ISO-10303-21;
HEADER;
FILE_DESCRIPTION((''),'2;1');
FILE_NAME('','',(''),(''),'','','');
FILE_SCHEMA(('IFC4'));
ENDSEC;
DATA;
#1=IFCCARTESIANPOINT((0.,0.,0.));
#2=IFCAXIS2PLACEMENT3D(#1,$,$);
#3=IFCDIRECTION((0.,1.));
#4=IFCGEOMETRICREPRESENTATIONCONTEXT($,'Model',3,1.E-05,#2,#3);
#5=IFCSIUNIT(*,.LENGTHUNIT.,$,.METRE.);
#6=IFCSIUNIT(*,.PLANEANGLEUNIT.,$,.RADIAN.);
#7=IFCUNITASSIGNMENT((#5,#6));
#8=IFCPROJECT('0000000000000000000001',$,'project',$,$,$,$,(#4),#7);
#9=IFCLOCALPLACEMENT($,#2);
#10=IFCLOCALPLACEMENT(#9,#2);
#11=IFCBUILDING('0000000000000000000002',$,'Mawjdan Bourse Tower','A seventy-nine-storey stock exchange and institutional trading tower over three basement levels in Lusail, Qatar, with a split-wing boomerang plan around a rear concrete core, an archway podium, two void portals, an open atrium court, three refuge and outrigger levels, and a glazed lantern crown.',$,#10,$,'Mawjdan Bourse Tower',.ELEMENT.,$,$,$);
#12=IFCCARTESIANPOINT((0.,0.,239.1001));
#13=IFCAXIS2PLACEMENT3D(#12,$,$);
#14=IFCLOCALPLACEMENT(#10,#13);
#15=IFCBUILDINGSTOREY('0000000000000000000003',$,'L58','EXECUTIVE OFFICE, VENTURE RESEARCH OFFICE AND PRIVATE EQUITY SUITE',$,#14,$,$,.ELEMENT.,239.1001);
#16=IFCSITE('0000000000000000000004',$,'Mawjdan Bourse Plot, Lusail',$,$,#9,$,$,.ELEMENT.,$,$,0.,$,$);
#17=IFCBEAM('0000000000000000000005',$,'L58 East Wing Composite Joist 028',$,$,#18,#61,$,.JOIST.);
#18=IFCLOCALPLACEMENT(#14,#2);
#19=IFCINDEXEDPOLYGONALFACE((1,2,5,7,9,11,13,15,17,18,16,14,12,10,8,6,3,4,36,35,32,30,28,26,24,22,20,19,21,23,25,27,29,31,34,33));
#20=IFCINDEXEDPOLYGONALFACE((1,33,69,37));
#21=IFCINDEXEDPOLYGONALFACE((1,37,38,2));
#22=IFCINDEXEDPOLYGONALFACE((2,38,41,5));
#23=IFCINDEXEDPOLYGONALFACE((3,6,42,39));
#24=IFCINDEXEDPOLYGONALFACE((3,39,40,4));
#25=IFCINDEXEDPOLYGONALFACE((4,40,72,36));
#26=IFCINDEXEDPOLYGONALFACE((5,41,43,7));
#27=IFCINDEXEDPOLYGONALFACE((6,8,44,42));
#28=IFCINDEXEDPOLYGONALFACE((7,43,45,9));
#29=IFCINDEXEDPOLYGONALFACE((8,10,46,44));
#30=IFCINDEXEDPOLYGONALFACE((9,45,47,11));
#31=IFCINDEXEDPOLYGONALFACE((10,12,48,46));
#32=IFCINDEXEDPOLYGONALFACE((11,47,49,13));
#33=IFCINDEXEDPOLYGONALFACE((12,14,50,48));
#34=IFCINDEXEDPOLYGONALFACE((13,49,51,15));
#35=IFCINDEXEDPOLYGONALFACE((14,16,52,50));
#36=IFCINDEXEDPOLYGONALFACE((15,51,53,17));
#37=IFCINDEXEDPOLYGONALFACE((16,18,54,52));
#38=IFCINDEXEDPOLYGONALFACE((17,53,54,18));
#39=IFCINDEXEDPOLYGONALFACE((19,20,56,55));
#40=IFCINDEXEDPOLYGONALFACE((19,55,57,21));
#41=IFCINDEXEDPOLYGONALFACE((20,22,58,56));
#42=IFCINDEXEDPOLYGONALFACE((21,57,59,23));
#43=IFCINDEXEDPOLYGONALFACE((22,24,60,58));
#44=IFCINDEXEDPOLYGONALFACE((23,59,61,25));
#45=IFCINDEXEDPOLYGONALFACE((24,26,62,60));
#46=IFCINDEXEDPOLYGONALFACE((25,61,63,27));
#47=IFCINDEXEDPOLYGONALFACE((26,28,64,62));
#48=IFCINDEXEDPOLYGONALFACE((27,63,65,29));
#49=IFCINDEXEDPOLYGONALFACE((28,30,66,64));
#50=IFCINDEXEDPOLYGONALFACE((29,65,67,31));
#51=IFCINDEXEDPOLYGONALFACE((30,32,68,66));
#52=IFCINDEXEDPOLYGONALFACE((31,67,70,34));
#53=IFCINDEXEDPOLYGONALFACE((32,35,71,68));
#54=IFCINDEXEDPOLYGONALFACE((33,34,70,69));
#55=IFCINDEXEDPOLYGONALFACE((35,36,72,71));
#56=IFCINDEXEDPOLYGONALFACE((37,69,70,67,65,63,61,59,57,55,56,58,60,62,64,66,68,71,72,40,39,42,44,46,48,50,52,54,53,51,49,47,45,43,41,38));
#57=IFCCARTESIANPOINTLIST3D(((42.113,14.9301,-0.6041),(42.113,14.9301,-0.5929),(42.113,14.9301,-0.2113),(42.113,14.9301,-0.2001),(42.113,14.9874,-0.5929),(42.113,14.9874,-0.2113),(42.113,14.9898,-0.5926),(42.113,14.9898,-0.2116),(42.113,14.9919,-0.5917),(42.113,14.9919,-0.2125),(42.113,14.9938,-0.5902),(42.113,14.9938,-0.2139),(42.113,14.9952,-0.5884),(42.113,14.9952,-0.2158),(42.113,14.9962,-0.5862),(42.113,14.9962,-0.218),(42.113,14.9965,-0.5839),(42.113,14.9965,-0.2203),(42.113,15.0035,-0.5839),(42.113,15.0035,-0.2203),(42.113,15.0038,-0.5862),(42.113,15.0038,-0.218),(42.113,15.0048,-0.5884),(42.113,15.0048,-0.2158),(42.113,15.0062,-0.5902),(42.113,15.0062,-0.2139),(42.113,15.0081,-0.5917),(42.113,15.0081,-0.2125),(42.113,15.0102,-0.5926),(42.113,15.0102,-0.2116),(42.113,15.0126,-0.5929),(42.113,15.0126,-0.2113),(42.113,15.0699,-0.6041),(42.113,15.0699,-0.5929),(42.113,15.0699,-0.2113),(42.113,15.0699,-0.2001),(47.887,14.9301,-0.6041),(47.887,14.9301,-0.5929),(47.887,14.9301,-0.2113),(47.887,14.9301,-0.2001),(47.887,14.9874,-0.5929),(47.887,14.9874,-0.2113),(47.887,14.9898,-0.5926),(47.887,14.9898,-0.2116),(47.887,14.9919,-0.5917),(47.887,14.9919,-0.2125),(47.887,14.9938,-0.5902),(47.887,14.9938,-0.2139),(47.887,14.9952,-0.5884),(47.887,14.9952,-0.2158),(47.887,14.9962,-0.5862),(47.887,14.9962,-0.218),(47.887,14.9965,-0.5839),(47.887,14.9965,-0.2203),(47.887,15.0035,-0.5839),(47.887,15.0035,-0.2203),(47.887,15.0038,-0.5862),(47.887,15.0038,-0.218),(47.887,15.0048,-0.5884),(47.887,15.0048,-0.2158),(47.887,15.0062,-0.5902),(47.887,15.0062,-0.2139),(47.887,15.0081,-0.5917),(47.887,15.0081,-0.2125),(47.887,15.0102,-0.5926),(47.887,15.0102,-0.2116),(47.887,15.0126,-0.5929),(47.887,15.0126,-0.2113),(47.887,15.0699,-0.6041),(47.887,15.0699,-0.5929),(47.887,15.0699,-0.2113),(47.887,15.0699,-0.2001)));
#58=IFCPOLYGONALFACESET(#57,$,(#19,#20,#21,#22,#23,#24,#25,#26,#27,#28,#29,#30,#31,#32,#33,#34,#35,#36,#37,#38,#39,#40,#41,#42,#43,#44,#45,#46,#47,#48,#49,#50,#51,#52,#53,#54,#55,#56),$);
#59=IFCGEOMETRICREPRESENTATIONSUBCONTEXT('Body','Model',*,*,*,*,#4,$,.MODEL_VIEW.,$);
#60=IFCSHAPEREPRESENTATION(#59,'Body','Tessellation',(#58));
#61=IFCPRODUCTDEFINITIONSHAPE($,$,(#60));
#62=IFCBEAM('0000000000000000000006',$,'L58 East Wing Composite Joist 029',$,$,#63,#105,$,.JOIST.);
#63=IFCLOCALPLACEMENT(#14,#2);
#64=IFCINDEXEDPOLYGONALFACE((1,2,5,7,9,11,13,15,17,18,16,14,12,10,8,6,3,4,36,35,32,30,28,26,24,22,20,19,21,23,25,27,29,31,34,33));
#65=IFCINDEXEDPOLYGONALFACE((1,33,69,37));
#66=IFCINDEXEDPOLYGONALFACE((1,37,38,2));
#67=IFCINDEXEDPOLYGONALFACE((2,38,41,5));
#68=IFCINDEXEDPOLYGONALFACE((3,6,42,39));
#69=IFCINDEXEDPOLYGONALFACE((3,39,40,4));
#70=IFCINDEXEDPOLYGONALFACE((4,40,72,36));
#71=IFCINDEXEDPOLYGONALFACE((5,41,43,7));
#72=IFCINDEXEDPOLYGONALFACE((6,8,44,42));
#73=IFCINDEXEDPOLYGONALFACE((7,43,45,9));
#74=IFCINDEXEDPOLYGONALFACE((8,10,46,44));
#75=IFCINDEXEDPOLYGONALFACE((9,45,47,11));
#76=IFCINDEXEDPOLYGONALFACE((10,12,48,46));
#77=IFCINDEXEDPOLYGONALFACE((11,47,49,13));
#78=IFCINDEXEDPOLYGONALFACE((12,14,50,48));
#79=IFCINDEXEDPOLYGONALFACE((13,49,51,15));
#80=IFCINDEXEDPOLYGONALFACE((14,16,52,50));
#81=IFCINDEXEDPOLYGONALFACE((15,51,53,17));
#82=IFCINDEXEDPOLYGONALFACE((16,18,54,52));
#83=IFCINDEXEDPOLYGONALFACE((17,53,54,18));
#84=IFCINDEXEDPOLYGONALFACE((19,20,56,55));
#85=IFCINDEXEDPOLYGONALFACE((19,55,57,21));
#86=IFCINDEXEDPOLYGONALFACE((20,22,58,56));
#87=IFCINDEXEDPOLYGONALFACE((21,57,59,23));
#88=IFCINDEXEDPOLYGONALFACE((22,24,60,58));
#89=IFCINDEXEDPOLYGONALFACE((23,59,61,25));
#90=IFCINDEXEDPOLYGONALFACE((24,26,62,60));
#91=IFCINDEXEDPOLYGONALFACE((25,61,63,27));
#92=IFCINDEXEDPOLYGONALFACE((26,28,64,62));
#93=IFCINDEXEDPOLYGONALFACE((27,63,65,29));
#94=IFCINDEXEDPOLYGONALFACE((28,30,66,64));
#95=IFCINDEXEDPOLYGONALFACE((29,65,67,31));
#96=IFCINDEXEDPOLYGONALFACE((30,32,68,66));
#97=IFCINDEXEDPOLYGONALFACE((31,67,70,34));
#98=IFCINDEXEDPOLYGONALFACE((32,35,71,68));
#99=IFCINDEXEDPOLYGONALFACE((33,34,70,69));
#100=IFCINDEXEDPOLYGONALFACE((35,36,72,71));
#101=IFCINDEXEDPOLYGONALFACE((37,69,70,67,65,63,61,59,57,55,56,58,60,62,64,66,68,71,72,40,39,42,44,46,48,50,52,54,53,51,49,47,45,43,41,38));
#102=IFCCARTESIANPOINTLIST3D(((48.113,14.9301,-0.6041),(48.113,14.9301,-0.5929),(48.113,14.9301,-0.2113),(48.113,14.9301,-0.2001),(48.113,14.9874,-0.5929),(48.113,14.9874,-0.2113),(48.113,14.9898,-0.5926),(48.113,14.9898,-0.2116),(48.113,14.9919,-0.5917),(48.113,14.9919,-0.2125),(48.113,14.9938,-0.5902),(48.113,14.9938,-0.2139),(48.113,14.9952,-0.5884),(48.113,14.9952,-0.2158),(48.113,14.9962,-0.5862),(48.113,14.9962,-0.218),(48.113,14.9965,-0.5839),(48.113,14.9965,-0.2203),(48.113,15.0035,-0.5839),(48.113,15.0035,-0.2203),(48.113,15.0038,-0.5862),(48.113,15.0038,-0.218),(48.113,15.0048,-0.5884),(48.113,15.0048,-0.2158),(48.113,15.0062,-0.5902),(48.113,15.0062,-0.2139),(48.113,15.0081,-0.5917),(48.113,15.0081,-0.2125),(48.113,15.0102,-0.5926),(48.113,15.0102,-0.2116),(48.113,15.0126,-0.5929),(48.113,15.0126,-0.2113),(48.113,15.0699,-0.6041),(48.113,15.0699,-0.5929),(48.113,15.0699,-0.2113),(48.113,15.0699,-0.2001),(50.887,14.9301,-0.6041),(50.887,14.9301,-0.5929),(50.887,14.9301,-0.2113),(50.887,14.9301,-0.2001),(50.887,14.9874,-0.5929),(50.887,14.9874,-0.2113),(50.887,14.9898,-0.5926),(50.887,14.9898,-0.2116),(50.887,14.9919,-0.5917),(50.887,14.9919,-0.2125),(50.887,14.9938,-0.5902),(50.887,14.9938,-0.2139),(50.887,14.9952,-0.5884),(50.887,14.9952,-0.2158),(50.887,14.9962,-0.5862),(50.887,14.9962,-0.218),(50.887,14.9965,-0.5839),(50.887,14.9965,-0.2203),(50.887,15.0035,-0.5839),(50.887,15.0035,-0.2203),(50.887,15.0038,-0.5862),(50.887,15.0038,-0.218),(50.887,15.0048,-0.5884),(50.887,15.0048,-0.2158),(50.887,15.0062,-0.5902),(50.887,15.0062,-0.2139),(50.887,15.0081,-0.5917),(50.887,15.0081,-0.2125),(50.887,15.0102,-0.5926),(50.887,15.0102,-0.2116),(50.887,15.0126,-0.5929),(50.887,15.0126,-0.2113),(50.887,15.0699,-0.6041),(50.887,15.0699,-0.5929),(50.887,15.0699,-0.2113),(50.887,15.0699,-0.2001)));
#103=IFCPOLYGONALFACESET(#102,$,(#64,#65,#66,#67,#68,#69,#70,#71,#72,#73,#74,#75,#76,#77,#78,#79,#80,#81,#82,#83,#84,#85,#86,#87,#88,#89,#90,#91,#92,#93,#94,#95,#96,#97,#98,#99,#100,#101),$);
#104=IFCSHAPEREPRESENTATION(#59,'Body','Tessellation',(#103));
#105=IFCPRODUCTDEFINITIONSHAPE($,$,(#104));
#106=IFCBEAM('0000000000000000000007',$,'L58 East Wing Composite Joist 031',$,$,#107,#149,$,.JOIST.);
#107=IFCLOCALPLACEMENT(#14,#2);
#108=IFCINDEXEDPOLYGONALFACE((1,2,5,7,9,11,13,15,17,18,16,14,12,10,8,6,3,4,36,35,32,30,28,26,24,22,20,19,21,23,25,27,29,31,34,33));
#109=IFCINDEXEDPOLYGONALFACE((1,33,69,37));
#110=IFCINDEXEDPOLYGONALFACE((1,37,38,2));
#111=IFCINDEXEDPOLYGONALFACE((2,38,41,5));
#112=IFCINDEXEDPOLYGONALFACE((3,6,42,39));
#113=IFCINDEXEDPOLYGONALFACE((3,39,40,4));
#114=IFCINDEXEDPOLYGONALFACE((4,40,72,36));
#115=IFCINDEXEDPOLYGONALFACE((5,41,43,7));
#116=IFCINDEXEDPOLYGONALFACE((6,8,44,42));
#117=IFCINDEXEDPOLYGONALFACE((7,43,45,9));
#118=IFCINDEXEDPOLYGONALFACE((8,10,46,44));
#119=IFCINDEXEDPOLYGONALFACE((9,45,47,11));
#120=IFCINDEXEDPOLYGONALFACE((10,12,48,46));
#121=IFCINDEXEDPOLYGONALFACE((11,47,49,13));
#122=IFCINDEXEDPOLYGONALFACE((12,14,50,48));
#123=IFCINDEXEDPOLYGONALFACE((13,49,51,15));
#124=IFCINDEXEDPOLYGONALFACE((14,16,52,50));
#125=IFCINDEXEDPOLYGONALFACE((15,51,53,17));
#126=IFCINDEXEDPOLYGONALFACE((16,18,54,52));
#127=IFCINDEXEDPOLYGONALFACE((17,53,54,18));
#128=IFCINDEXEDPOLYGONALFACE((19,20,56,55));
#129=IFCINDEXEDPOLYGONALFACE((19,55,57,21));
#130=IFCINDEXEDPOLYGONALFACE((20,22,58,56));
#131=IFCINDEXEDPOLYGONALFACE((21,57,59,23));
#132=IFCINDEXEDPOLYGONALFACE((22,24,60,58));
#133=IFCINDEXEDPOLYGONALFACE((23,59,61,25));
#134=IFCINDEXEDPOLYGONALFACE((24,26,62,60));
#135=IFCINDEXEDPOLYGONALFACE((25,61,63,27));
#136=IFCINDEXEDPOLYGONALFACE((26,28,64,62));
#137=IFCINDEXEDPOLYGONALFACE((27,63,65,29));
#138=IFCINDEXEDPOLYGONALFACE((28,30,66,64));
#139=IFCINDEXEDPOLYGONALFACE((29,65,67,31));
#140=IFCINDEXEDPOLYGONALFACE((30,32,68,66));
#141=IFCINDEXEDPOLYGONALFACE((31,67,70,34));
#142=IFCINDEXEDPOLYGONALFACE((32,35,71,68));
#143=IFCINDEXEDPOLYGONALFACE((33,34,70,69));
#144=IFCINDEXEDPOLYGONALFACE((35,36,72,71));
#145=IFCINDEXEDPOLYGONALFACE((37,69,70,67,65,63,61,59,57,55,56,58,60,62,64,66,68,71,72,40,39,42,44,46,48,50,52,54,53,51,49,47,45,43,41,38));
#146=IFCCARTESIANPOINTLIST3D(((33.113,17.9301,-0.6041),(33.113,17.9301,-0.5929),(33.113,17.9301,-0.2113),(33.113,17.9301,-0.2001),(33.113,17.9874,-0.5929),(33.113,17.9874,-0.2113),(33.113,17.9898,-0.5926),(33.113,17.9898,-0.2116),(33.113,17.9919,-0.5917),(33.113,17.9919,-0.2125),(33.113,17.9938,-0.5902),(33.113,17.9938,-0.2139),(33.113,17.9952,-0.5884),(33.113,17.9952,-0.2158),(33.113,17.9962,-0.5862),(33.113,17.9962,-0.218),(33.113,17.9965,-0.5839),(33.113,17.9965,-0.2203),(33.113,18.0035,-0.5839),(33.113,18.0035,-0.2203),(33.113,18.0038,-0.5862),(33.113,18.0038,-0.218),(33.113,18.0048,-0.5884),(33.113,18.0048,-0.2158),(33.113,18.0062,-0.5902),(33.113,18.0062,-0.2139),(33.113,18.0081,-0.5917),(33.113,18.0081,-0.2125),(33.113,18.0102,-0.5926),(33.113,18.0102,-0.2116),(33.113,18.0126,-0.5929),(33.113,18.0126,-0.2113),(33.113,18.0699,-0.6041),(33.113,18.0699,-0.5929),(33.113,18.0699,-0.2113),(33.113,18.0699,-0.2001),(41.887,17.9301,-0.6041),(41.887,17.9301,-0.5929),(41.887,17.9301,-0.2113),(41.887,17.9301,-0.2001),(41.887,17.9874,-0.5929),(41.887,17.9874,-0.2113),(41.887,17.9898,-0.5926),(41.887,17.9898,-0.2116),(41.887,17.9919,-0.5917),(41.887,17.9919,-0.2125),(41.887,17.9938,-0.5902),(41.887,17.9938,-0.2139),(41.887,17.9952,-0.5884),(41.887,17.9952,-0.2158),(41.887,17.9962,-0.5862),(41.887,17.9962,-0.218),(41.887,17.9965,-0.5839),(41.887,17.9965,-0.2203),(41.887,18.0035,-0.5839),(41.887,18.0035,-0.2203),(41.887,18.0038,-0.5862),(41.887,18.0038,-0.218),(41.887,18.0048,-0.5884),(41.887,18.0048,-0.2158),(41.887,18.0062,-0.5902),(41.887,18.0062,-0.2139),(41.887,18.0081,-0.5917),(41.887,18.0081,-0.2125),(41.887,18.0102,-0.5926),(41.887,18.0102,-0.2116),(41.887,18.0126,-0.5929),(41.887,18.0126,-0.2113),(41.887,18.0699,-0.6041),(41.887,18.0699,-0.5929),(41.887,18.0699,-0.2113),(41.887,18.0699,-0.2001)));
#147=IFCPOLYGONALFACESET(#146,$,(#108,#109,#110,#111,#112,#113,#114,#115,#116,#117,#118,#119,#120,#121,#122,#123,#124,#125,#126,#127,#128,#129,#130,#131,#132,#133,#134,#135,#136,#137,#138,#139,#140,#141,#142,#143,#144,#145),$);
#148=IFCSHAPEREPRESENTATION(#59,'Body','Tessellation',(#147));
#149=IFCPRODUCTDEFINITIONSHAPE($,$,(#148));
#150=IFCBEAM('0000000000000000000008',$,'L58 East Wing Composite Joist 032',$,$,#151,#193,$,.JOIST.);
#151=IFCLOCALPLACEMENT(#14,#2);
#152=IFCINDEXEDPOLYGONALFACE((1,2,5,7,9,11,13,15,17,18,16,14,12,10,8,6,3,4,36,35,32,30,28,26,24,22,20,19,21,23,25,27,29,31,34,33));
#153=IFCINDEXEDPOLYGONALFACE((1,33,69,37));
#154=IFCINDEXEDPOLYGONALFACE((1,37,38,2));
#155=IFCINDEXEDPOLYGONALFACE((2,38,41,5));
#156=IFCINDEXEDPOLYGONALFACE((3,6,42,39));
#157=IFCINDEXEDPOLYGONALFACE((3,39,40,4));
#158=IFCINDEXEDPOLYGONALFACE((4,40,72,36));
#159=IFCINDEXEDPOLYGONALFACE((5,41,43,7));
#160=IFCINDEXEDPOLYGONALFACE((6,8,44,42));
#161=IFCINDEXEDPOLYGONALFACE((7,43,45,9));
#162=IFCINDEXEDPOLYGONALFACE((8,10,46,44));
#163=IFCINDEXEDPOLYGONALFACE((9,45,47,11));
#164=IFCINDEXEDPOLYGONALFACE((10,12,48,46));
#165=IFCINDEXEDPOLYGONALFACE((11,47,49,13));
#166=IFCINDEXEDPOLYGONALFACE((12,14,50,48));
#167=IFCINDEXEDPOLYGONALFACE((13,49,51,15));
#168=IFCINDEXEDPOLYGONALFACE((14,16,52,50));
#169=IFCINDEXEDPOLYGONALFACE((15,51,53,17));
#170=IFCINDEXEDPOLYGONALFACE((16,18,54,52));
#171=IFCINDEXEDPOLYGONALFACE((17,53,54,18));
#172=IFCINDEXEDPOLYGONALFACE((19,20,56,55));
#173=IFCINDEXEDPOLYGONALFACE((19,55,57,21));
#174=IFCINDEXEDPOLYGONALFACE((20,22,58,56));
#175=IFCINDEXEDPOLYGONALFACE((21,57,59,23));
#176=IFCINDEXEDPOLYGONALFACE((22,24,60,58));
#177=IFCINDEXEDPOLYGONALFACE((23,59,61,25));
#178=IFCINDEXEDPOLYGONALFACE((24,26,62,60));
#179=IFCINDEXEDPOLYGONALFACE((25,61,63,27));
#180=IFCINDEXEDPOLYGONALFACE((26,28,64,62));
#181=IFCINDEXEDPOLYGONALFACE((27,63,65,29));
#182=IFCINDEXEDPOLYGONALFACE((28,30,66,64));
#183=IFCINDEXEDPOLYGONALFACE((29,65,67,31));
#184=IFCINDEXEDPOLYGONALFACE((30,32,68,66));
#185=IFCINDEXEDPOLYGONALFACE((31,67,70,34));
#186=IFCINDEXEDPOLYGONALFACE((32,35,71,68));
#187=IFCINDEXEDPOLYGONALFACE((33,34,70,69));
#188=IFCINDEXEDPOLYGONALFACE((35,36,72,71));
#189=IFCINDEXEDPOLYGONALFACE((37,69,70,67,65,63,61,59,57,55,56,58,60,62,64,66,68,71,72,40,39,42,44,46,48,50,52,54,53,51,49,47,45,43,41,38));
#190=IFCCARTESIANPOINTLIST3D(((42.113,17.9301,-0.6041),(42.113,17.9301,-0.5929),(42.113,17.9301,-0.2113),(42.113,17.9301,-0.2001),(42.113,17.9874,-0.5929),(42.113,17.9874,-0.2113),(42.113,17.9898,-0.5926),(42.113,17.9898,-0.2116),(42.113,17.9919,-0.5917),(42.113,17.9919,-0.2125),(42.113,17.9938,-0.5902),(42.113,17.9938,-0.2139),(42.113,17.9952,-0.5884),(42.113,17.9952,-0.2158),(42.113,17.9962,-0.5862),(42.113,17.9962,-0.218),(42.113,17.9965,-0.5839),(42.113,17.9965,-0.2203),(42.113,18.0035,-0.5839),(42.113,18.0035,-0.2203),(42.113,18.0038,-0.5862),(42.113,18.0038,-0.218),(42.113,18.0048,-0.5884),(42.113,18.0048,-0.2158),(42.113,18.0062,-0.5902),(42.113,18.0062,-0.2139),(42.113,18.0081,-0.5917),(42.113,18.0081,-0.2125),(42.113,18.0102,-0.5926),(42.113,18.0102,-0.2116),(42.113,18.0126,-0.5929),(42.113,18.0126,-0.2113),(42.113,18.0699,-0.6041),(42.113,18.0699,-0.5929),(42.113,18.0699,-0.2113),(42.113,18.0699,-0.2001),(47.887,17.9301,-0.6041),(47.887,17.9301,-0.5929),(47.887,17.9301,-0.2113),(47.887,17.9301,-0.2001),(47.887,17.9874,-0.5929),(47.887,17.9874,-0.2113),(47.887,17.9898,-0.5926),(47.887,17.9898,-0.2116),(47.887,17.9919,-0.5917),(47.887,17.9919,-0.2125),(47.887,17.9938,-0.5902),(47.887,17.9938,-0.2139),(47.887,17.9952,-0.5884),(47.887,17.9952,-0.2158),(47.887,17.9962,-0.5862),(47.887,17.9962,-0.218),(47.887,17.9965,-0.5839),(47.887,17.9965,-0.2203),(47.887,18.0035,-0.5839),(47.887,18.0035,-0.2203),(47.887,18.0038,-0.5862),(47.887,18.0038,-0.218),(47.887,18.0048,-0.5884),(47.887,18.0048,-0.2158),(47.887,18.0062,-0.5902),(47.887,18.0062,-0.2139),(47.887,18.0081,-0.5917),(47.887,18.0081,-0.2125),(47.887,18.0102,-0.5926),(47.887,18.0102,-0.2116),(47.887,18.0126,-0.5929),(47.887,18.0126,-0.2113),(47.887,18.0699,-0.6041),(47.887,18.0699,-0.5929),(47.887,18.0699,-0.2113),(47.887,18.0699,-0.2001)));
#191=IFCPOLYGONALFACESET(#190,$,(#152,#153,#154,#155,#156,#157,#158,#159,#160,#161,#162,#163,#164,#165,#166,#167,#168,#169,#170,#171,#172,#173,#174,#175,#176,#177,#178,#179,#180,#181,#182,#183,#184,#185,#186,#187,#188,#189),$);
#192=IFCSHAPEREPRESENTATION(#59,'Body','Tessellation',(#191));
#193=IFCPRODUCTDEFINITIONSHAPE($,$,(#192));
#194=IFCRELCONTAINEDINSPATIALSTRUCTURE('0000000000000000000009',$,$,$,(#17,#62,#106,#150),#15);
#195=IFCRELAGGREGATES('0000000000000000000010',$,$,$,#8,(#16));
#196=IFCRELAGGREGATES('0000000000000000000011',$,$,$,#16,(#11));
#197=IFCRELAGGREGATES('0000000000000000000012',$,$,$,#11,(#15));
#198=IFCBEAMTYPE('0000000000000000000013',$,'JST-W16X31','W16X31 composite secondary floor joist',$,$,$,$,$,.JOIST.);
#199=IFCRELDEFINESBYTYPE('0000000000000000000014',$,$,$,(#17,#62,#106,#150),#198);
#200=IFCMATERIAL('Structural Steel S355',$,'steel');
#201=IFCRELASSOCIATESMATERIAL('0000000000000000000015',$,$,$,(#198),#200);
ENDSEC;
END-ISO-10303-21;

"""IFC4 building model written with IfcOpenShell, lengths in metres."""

from ifc_helpers import new_model, si_unit, direction, frame, origin, origin_2d, place, context, subcontext, project, spatial, i_section, extrude, material, material_profile, profile_set, type_object, element, save


model = new_model("IFC4")

# Units and contexts
model_context = context("Model", 3, precision=1e-05, world=origin(), true_north=direction((0.0, 1.0)))
body_context = subcontext(model_context, "Body", "Model", "MODEL_VIEW")
ifc_project = project(units=[si_unit("LENGTHUNIT", "METRE"), si_unit("PLANEANGLEUNIT", "RADIAN")], contexts=[model_context])

# Site, building, storey
site_placement = place(None, origin())
site = spatial("IfcSite", under=ifc_project, at=site_placement, Name="Mawjdan Bourse Plot, Lusail", CompositionType="ELEMENT", RefElevation=0.0)
building_placement = place(site_placement, origin())
building = spatial("IfcBuilding", under=site, at=building_placement, Name="Mawjdan Bourse Tower", Description="A seventy-nine-storey stock exchange and institutional trading tower over three basement levels in Lusail, Qatar, with a split-wing boomerang plan around a rear concrete core, an archway podium, two void portals, an open atrium court, three refuge and outrigger levels, and a glazed lantern crown.", LongName="Mawjdan Bourse Tower", CompositionType="ELEMENT")
storey_placement = place(building_placement, frame((0.0, 0.0, 239.1001)))
storey = spatial("IfcBuildingStorey", under=building, at=storey_placement, Name="L58", Description="EXECUTIVE OFFICE, VENTURE RESEARCH OFFICE AND PRIVATE EQUITY SUITE", CompositionType="ELEMENT", Elevation=239.1001)

# Beams
ifc_material_1 = material(Name="Structural Steel S355", Category="steel")
ifc_material_profile_1 = material_profile(ifc_material_1, i_section(OverallWidth=0.1399, OverallDepth=0.4041, WebThickness=0.0071, FlangeThickness=0.0112, FilletRadius=0.009, at=origin_2d()), Name="W16X31")
ifc_profile_set_1 = profile_set([ifc_material_profile_1], Name="Structural Steel S355")
beam_type_1 = type_object("IfcBeamType", Name="JST-W16X31", Description="W16X31 composite secondary floor joist", PredefinedType="JOIST", material=ifc_profile_set_1)
beam_1_placement = place(storey_placement, frame((42.113, 15.0, -0.4021), z_axis=(1.0, 0.0, 0.0), x_axis=(0.0, 1.0, 0.0)))
element("IfcBeam", 1, at=beam_1_placement, inside=storey, type_object=beam_type_1, Name="L58 East Wing Composite Joist 028", PredefinedType="JOIST", context=body_context, shape_type="SweptSolid", body=[
    extrude(i_section(OverallWidth=0.1399, OverallDepth=0.4041, WebThickness=0.0071, FlangeThickness=0.0112, FilletRadius=0.009, at=origin_2d()), origin(), (0.0, 0.0, 1.0), 5.7739),
])
beam_2_placement = place(storey_placement, frame((48.113, 15.0, -0.4021), z_axis=(1.0, 0.0, 0.0), x_axis=(0.0, 1.0, 0.0)))
element("IfcBeam", 2, at=beam_2_placement, inside=storey, type_object=beam_type_1, Name="L58 East Wing Composite Joist 029", PredefinedType="JOIST", context=body_context, shape_type="SweptSolid", body=[
    extrude(i_section(OverallWidth=0.1399, OverallDepth=0.4041, WebThickness=0.0071, FlangeThickness=0.0112, FilletRadius=0.009, at=origin_2d()), origin(), (0.0, 0.0, 1.0), 2.7739),
])
beam_3_placement = place(storey_placement, frame((33.113, 18.0, -0.4021), z_axis=(1.0, 0.0, 0.0), x_axis=(0.0, 1.0, 0.0)))
element("IfcBeam", 3, at=beam_3_placement, inside=storey, type_object=beam_type_1, Name="L58 East Wing Composite Joist 031", PredefinedType="JOIST", context=body_context, shape_type="SweptSolid", body=[
    extrude(i_section(OverallWidth=0.1399, OverallDepth=0.4041, WebThickness=0.0071, FlangeThickness=0.0112, FilletRadius=0.009, at=origin_2d()), origin(), (0.0, 0.0, 1.0), 8.7739),
])
beam_4_placement = place(storey_placement, frame((42.113, 18.0, -0.4021), z_axis=(1.0, 0.0, 0.0), x_axis=(0.0, 1.0, 0.0)))
element("IfcBeam", 4, at=beam_4_placement, inside=storey, type_object=beam_type_1, Name="L58 East Wing Composite Joist 032", PredefinedType="JOIST", context=body_context, shape_type="SweptSolid", body=[
    extrude(i_section(OverallWidth=0.1399, OverallDepth=0.4041, WebThickness=0.0071, FlangeThickness=0.0112, FilletRadius=0.009, at=origin_2d()), origin(), (0.0, 0.0, 1.0), 5.7739),
])

save(model, "model.ifc")
